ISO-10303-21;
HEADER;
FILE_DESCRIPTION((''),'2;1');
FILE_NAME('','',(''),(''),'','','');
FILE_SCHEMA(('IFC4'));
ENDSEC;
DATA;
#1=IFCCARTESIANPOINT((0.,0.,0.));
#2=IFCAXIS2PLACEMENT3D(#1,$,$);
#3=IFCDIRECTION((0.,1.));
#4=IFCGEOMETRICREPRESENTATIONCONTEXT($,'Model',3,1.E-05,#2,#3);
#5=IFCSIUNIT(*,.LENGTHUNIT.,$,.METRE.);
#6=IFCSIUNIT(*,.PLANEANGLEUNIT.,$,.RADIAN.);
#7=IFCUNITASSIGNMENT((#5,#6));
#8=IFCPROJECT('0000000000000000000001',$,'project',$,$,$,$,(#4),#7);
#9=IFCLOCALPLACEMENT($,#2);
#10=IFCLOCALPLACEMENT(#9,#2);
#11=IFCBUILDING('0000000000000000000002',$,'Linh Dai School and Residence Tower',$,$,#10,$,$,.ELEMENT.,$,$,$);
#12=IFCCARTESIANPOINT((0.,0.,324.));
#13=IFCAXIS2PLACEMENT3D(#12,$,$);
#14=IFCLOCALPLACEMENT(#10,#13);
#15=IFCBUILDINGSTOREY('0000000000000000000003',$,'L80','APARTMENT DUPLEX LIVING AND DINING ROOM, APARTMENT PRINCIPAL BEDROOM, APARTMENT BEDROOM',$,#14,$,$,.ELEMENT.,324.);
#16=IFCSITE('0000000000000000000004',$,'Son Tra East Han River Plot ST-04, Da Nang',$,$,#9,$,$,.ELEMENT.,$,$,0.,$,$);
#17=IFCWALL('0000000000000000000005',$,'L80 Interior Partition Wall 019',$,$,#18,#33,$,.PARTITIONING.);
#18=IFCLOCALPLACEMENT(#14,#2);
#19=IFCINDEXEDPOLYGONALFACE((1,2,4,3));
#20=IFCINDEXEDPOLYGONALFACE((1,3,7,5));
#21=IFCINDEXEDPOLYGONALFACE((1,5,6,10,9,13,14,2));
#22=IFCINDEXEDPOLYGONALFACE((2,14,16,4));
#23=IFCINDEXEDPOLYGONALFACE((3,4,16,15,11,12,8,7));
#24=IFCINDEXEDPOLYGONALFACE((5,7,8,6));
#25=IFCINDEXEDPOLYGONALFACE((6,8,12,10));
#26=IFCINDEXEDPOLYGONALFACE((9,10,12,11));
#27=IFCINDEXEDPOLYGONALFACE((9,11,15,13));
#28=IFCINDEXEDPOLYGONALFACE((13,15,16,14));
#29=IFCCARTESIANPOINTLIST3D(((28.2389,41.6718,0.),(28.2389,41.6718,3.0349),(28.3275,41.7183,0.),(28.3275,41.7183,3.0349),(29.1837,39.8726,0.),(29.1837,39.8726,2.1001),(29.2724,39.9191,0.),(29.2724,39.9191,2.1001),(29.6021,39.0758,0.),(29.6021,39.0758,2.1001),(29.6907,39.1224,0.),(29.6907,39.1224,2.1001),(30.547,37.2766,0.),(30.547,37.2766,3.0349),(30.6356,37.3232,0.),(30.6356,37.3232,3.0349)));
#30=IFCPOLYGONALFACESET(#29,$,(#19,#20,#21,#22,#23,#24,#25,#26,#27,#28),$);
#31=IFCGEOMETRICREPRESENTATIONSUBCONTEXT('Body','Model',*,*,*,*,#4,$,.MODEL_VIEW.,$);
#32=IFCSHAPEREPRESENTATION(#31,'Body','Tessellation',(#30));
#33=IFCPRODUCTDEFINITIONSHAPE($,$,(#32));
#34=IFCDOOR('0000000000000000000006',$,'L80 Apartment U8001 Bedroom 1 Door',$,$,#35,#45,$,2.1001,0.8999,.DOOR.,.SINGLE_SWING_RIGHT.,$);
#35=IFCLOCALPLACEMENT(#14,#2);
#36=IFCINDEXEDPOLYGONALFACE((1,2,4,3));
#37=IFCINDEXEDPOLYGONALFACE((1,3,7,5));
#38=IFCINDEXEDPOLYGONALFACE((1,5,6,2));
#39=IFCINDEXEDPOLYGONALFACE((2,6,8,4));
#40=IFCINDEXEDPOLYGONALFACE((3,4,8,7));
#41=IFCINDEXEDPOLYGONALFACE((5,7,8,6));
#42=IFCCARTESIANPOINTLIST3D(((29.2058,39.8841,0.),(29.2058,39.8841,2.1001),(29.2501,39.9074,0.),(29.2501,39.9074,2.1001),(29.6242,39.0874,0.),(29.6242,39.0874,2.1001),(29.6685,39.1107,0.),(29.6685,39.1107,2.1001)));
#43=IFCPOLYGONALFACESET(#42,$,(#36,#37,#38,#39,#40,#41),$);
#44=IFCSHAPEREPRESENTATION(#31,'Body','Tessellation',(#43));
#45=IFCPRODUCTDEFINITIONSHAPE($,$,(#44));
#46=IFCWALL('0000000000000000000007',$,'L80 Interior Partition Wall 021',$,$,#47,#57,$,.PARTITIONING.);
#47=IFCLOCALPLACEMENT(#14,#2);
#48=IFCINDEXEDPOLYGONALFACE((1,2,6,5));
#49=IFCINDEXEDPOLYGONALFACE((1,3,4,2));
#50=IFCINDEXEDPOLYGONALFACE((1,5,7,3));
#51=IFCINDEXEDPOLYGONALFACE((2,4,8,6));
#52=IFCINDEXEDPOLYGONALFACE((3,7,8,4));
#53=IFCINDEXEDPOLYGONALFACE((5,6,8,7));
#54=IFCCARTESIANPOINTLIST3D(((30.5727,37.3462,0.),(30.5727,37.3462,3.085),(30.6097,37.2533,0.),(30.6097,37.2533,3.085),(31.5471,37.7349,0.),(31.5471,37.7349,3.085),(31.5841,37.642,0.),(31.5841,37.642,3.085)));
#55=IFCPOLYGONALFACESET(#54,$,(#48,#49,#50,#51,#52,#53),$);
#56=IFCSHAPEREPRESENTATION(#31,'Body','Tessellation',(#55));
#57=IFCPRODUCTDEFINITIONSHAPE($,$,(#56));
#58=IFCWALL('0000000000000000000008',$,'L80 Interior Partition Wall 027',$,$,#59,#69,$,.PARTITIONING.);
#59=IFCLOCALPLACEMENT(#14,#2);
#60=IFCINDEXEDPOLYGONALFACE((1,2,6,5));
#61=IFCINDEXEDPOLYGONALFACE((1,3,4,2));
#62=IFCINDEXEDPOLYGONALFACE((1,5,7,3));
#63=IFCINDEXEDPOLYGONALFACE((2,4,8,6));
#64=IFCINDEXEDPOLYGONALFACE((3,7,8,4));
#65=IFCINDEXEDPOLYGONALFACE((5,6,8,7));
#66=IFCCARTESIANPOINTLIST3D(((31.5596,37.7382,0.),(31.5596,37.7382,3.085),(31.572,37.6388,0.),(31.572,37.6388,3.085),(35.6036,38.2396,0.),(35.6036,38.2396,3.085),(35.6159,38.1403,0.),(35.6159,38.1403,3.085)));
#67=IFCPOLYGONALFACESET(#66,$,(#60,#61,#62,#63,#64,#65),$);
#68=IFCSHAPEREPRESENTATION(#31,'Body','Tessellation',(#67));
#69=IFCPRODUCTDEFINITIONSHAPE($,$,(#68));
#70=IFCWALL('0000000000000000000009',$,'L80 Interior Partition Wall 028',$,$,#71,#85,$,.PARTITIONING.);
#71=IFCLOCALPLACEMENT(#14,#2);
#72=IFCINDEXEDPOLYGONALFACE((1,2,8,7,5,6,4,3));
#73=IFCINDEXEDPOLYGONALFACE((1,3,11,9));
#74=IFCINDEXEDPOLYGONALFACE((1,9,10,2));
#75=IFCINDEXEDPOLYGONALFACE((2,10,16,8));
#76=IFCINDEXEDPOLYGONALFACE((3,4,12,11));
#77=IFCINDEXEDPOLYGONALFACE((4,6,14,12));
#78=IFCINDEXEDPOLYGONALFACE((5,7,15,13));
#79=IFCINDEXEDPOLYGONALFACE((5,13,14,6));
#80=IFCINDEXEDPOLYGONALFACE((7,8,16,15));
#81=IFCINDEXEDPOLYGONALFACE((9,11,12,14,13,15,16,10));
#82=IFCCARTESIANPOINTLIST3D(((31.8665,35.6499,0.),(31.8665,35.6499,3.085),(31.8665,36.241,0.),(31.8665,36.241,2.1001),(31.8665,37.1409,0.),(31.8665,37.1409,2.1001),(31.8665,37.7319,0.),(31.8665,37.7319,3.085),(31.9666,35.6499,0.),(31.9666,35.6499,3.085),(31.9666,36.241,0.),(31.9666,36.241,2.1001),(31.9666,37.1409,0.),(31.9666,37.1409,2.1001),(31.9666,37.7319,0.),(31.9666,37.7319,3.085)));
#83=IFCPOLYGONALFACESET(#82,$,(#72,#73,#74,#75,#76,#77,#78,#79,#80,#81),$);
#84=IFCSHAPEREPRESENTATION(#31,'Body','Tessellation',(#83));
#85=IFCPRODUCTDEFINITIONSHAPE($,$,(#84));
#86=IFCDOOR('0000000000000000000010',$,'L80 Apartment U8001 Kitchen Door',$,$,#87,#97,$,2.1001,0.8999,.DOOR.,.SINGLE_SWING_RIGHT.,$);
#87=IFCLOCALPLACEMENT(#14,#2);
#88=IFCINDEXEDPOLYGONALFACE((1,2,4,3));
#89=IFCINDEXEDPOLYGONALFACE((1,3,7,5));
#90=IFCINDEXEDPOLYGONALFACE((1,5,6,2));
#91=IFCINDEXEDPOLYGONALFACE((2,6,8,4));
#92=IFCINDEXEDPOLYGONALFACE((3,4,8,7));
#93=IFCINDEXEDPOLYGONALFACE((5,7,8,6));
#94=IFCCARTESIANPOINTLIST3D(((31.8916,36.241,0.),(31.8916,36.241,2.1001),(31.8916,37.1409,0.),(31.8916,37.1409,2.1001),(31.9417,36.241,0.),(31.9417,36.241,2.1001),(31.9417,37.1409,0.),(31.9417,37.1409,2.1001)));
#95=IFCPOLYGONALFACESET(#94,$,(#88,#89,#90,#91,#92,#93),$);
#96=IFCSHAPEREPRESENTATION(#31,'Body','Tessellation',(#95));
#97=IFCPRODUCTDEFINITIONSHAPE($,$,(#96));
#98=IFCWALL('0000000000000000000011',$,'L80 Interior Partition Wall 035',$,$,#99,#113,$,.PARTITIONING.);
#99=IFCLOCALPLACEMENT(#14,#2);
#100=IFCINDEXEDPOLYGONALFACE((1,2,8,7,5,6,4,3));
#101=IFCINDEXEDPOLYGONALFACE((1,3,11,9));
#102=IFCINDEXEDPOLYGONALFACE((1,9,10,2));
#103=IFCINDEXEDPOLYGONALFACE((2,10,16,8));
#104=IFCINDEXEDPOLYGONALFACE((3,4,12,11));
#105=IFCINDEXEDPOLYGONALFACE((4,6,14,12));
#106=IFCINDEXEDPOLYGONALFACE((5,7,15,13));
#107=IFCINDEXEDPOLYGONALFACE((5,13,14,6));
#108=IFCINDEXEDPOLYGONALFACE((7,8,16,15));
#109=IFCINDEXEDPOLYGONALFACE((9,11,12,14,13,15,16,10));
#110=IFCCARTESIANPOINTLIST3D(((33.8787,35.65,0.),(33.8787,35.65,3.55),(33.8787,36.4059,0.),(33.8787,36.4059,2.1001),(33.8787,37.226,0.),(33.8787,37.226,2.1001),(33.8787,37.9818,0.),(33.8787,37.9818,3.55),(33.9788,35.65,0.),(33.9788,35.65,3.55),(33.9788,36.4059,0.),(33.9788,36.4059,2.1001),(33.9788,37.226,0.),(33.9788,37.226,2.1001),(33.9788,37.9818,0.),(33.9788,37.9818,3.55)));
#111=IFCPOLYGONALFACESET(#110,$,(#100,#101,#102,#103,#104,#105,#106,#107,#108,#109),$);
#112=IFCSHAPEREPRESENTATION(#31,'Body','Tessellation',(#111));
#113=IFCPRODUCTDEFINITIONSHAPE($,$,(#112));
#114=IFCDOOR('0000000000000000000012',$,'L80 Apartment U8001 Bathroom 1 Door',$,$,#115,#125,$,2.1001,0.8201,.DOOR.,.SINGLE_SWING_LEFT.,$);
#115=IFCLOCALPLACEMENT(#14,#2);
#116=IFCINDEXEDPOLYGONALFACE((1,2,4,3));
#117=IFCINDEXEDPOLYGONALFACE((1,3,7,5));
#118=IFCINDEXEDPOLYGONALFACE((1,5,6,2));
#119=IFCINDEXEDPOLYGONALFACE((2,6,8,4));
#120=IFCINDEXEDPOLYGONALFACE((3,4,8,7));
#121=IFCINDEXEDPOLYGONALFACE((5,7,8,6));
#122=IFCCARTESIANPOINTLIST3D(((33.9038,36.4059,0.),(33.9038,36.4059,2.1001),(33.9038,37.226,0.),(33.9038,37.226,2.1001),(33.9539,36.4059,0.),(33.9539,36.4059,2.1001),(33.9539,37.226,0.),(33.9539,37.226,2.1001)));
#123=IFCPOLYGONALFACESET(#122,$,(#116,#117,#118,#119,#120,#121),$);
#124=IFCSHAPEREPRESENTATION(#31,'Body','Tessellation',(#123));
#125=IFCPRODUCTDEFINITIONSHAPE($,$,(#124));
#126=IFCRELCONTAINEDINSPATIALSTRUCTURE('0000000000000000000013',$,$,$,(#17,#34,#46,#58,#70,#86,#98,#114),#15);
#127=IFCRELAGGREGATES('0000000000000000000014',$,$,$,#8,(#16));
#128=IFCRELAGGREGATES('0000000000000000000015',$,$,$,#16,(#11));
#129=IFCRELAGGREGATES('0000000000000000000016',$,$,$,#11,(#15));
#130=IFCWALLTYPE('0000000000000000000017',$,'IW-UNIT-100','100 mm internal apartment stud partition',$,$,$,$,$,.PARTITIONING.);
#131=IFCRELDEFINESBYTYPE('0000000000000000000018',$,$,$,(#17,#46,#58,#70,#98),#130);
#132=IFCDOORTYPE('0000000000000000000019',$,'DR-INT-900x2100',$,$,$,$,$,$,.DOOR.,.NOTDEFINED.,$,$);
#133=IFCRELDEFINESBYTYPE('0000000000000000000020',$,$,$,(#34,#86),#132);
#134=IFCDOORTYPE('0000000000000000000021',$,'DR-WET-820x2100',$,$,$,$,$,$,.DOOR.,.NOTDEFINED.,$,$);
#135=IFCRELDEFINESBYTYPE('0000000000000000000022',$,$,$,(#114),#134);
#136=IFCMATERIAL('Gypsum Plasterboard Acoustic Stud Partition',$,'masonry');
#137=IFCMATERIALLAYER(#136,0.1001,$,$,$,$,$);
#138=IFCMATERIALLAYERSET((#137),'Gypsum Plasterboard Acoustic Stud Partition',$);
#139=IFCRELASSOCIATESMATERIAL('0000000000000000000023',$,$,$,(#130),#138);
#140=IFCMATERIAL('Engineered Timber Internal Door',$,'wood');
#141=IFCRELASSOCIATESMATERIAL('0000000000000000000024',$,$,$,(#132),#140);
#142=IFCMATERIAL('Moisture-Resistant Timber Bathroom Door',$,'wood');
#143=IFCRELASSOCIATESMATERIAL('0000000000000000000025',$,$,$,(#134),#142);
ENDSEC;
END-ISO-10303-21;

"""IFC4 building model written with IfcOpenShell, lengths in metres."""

from ifc_helpers import new_model, si_unit, direction, frame, frame_2d, origin, origin_2d, place, context, subcontext, project, spatial, rectangle, extrude, source, transform, mapped, material, layer, layer_set, type_object, element, fill, save


model = new_model("IFC4")

# Units and contexts
model_context = context("Model", 3, precision=1e-05, world=origin(), true_north=direction((0.0, 1.0)))
body_context = subcontext(model_context, "Body", "Model", "MODEL_VIEW")
ifc_project = project(units=[si_unit("LENGTHUNIT", "METRE"), si_unit("PLANEANGLEUNIT", "RADIAN")], contexts=[model_context])

# Site, building, storey
site_placement = place(None, origin())
site = spatial("IfcSite", under=ifc_project, at=site_placement, Name="Son Tra East Han River Plot ST-04, Da Nang", CompositionType="ELEMENT", RefElevation=0.0)
building_placement = place(site_placement, origin())
building = spatial("IfcBuilding", under=site, at=building_placement, Name="Linh Dai School and Residence Tower", CompositionType="ELEMENT")
storey_placement = place(building_placement, frame((0.0, 0.0, 324.0)))
storey = spatial("IfcBuildingStorey", under=building, at=storey_placement, Name="L80", Description="APARTMENT DUPLEX LIVING AND DINING ROOM, APARTMENT PRINCIPAL BEDROOM, APARTMENT BEDROOM", CompositionType="ELEMENT", Elevation=324.0)

# Wall, opening, door
ifc_material_1 = material(Name="Gypsum Plasterboard Acoustic Stud Partition", Category="masonry")
ifc_layer_1 = layer(ifc_material_1, 0.1001)
ifc_layer_set_1 = layer_set([ifc_layer_1], Name="Gypsum Plasterboard Acoustic Stud Partition")
wall_type_1 = type_object("IfcWallType", Name="IW-UNIT-100", Description="100 mm internal apartment stud partition", PredefinedType="PARTITIONING", material=ifc_layer_set_1)
wall_1_placement = place(storey_placement, frame((28.2832, 41.6951, 0.0), z_axis=(0.0, 0.0, 1.0), x_axis=(0.464927, -0.885349, 0.0)))
wall_1 = element("IfcWall", 1, at=wall_1_placement, inside=storey, type_object=wall_type_1, Name="L80 Interior Partition Wall 019", PredefinedType="PARTITIONING", context=body_context, shape_type="SweptSolid", body=[
    extrude(rectangle(XDim=4.9644, YDim=0.1001, at=frame_2d((2.4822, 0.0))), origin(), (0.0, 0.0, 1.0), 3.0349),
])
opening_1_placement = place(wall_1_placement, frame((2.0322, 0.0, 0.0)))
opening_1 = element("IfcOpeningElement", 2, at=opening_1_placement, cuts=wall_1, PredefinedType="OPENING", context=body_context, shape_type="SweptSolid", body=[
    extrude(rectangle(XDim=0.8999, YDim=2.1001, at=origin_2d()), frame((0.45, 0.0601, 1.05), z_axis=(0.0, -1.0, 0.0), x_axis=(1.0, 0.0, 0.0)), (0.0, 0.0, 1.0), 0.1201),
])
ifc_material_2 = material(Name="Engineered Timber Internal Door", Category="wood")
door_type_1 = type_object("IfcDoorType", Name="DR-INT-900x2100", OperationType="NOTDEFINED", PredefinedType="DOOR", material=ifc_material_2)
shared_shape_1 = source(origin(), body_context, "Body", "SweptSolid", [
    extrude(rectangle(XDim=0.8999, YDim=2.1001, at=origin_2d()), frame((0.45, 0.0249, 1.05), z_axis=(0.0, -1.0, 0.0), x_axis=(1.0, 0.0, 0.0)), (0.0, 0.0, 1.0), 0.05),
])
door_1_placement = place(opening_1_placement, origin())
door_1 = element("IfcDoor", 3, at=door_1_placement, inside=storey, type_object=door_type_1, Name="L80 Apartment U8001 Bedroom 1 Door", OperationType="SINGLE_SWING_RIGHT", OverallHeight=2.1001, OverallWidth=0.8999, PredefinedType="DOOR", context=body_context, shape_type="MappedRepresentation", body=[
    mapped(shared_shape_1, transform((0.0, 0.0, 0.0), x_axis=(1.0, 0.0, 0.0), y_axis=(0.0, 1.0, 0.0), z_axis=(0.0, 0.0, 1.0), scale=1.0)),
])
fill(opening_1, door_1)

# Walls
wall_2_placement = place(storey_placement, frame((30.5913, 37.2998, 0.0), z_axis=(0.0, 0.0, 1.0), x_axis=(0.928829, 0.370508, 0.0)))
element("IfcWall", 4, at=wall_2_placement, inside=storey, type_object=wall_type_1, Name="L80 Interior Partition Wall 021", PredefinedType="PARTITIONING", context=body_context, shape_type="SweptSolid", body=[
    extrude(rectangle(XDim=1.0491, YDim=0.1001, at=frame_2d((0.5244, 0.0))), origin(), (0.0, 0.0, 1.0), 3.085),
])
wall_3_placement = place(storey_placement, frame((31.5657, 37.6885, 0.0), z_axis=(0.0, 0.0, 1.0), x_axis=(0.992399, 0.123061, 0.0)))
element("IfcWall", 5, at=wall_3_placement, inside=storey, type_object=wall_type_1, Name="L80 Interior Partition Wall 027", PredefinedType="PARTITIONING", context=body_context, shape_type="SweptSolid", body=[
    extrude(rectangle(XDim=4.075, YDim=0.1001, at=frame_2d((2.0376, 0.0))), origin(), (0.0, 0.0, 1.0), 3.085),
])

# Walls, openings, doors
wall_4_placement = place(storey_placement, frame((31.9165, 35.6499, 0.0), z_axis=(0.0, 0.0, 1.0), x_axis=(0.0, 1.0, 0.0)))
wall_4 = element("IfcWall", 6, at=wall_4_placement, inside=storey, type_object=wall_type_1, Name="L80 Interior Partition Wall 028", PredefinedType="PARTITIONING", context=body_context, shape_type="SweptSolid", body=[
    extrude(rectangle(XDim=2.082, YDim=0.1001, at=frame_2d((1.041, 0.0))), origin(), (0.0, 0.0, 1.0), 3.085),
])
opening_2_placement = place(wall_4_placement, frame((0.5911, 0.0, 0.0)))
opening_2 = element("IfcOpeningElement", 7, at=opening_2_placement, cuts=wall_4, PredefinedType="OPENING", context=body_context, shape_type="SweptSolid", body=[
    extrude(rectangle(XDim=0.8999, YDim=2.1001, at=origin_2d()), frame((0.45, 0.0601, 1.05), z_axis=(0.0, -1.0, 0.0), x_axis=(1.0, 0.0, 0.0)), (0.0, 0.0, 1.0), 0.1201),
])
door_2_placement = place(opening_2_placement, origin())
door_2 = element("IfcDoor", 8, at=door_2_placement, inside=storey, type_object=door_type_1, Name="L80 Apartment U8001 Kitchen Door", OperationType="SINGLE_SWING_RIGHT", OverallHeight=2.1001, OverallWidth=0.8999, PredefinedType="DOOR", context=body_context, shape_type="MappedRepresentation", body=[
    mapped(shared_shape_1, transform((0.0, 0.0, 0.0), x_axis=(1.0, 0.0, 0.0), y_axis=(0.0, 1.0, 0.0), z_axis=(0.0, 0.0, 1.0), scale=1.0)),
])
fill(opening_2, door_2)
wall_5_placement = place(storey_placement, frame((33.9287, 35.6499, 0.0), z_axis=(0.0, 0.0, 1.0), x_axis=(0.0, 1.0, 0.0)))
wall_5 = element("IfcWall", 9, at=wall_5_placement, inside=storey, type_object=wall_type_1, Name="L80 Interior Partition Wall 035", PredefinedType="PARTITIONING", context=body_context, shape_type="SweptSolid", body=[
    extrude(rectangle(XDim=2.3318, YDim=0.1001, at=frame_2d((1.166, 0.0))), origin(), (0.0, 0.0, 1.0), 3.55),
])
opening_3_placement = place(wall_5_placement, frame((0.7559, 0.0, 0.0)))
opening_3 = element("IfcOpeningElement", 10, at=opening_3_placement, cuts=wall_5, PredefinedType="OPENING", context=body_context, shape_type="SweptSolid", body=[
    extrude(rectangle(XDim=0.8201, YDim=2.1001, at=origin_2d()), frame((0.4102, 0.0601, 1.05), z_axis=(0.0, -1.0, 0.0), x_axis=(1.0, 0.0, 0.0)), (0.0, 0.0, 1.0), 0.1201),
])
ifc_material_3 = material(Name="Moisture-Resistant Timber Bathroom Door", Category="wood")
door_type_2 = type_object("IfcDoorType", Name="DR-WET-820x2100", OperationType="NOTDEFINED", PredefinedType="DOOR", material=ifc_material_3)
shared_shape_2 = source(origin(), body_context, "Body", "SweptSolid", [
    extrude(rectangle(XDim=0.8201, YDim=2.1001, at=origin_2d()), frame((0.4102, 0.0249, 1.05), z_axis=(0.0, -1.0, 0.0), x_axis=(1.0, 0.0, 0.0)), (0.0, 0.0, 1.0), 0.05),
])
door_3_placement = place(opening_3_placement, origin())
door_3 = element("IfcDoor", 11, at=door_3_placement, inside=storey, type_object=door_type_2, Name="L80 Apartment U8001 Bathroom 1 Door", OperationType="SINGLE_SWING_LEFT", OverallHeight=2.1001, OverallWidth=0.8201, PredefinedType="DOOR", context=body_context, shape_type="MappedRepresentation", body=[
    mapped(shared_shape_2, transform((0.0, 0.0, 0.0), x_axis=(1.0, 0.0, 0.0), y_axis=(0.0, 1.0, 0.0), z_axis=(0.0, 0.0, 1.0), scale=1.0)),
])
fill(opening_3, door_3)

save(model, "model.ifc")
